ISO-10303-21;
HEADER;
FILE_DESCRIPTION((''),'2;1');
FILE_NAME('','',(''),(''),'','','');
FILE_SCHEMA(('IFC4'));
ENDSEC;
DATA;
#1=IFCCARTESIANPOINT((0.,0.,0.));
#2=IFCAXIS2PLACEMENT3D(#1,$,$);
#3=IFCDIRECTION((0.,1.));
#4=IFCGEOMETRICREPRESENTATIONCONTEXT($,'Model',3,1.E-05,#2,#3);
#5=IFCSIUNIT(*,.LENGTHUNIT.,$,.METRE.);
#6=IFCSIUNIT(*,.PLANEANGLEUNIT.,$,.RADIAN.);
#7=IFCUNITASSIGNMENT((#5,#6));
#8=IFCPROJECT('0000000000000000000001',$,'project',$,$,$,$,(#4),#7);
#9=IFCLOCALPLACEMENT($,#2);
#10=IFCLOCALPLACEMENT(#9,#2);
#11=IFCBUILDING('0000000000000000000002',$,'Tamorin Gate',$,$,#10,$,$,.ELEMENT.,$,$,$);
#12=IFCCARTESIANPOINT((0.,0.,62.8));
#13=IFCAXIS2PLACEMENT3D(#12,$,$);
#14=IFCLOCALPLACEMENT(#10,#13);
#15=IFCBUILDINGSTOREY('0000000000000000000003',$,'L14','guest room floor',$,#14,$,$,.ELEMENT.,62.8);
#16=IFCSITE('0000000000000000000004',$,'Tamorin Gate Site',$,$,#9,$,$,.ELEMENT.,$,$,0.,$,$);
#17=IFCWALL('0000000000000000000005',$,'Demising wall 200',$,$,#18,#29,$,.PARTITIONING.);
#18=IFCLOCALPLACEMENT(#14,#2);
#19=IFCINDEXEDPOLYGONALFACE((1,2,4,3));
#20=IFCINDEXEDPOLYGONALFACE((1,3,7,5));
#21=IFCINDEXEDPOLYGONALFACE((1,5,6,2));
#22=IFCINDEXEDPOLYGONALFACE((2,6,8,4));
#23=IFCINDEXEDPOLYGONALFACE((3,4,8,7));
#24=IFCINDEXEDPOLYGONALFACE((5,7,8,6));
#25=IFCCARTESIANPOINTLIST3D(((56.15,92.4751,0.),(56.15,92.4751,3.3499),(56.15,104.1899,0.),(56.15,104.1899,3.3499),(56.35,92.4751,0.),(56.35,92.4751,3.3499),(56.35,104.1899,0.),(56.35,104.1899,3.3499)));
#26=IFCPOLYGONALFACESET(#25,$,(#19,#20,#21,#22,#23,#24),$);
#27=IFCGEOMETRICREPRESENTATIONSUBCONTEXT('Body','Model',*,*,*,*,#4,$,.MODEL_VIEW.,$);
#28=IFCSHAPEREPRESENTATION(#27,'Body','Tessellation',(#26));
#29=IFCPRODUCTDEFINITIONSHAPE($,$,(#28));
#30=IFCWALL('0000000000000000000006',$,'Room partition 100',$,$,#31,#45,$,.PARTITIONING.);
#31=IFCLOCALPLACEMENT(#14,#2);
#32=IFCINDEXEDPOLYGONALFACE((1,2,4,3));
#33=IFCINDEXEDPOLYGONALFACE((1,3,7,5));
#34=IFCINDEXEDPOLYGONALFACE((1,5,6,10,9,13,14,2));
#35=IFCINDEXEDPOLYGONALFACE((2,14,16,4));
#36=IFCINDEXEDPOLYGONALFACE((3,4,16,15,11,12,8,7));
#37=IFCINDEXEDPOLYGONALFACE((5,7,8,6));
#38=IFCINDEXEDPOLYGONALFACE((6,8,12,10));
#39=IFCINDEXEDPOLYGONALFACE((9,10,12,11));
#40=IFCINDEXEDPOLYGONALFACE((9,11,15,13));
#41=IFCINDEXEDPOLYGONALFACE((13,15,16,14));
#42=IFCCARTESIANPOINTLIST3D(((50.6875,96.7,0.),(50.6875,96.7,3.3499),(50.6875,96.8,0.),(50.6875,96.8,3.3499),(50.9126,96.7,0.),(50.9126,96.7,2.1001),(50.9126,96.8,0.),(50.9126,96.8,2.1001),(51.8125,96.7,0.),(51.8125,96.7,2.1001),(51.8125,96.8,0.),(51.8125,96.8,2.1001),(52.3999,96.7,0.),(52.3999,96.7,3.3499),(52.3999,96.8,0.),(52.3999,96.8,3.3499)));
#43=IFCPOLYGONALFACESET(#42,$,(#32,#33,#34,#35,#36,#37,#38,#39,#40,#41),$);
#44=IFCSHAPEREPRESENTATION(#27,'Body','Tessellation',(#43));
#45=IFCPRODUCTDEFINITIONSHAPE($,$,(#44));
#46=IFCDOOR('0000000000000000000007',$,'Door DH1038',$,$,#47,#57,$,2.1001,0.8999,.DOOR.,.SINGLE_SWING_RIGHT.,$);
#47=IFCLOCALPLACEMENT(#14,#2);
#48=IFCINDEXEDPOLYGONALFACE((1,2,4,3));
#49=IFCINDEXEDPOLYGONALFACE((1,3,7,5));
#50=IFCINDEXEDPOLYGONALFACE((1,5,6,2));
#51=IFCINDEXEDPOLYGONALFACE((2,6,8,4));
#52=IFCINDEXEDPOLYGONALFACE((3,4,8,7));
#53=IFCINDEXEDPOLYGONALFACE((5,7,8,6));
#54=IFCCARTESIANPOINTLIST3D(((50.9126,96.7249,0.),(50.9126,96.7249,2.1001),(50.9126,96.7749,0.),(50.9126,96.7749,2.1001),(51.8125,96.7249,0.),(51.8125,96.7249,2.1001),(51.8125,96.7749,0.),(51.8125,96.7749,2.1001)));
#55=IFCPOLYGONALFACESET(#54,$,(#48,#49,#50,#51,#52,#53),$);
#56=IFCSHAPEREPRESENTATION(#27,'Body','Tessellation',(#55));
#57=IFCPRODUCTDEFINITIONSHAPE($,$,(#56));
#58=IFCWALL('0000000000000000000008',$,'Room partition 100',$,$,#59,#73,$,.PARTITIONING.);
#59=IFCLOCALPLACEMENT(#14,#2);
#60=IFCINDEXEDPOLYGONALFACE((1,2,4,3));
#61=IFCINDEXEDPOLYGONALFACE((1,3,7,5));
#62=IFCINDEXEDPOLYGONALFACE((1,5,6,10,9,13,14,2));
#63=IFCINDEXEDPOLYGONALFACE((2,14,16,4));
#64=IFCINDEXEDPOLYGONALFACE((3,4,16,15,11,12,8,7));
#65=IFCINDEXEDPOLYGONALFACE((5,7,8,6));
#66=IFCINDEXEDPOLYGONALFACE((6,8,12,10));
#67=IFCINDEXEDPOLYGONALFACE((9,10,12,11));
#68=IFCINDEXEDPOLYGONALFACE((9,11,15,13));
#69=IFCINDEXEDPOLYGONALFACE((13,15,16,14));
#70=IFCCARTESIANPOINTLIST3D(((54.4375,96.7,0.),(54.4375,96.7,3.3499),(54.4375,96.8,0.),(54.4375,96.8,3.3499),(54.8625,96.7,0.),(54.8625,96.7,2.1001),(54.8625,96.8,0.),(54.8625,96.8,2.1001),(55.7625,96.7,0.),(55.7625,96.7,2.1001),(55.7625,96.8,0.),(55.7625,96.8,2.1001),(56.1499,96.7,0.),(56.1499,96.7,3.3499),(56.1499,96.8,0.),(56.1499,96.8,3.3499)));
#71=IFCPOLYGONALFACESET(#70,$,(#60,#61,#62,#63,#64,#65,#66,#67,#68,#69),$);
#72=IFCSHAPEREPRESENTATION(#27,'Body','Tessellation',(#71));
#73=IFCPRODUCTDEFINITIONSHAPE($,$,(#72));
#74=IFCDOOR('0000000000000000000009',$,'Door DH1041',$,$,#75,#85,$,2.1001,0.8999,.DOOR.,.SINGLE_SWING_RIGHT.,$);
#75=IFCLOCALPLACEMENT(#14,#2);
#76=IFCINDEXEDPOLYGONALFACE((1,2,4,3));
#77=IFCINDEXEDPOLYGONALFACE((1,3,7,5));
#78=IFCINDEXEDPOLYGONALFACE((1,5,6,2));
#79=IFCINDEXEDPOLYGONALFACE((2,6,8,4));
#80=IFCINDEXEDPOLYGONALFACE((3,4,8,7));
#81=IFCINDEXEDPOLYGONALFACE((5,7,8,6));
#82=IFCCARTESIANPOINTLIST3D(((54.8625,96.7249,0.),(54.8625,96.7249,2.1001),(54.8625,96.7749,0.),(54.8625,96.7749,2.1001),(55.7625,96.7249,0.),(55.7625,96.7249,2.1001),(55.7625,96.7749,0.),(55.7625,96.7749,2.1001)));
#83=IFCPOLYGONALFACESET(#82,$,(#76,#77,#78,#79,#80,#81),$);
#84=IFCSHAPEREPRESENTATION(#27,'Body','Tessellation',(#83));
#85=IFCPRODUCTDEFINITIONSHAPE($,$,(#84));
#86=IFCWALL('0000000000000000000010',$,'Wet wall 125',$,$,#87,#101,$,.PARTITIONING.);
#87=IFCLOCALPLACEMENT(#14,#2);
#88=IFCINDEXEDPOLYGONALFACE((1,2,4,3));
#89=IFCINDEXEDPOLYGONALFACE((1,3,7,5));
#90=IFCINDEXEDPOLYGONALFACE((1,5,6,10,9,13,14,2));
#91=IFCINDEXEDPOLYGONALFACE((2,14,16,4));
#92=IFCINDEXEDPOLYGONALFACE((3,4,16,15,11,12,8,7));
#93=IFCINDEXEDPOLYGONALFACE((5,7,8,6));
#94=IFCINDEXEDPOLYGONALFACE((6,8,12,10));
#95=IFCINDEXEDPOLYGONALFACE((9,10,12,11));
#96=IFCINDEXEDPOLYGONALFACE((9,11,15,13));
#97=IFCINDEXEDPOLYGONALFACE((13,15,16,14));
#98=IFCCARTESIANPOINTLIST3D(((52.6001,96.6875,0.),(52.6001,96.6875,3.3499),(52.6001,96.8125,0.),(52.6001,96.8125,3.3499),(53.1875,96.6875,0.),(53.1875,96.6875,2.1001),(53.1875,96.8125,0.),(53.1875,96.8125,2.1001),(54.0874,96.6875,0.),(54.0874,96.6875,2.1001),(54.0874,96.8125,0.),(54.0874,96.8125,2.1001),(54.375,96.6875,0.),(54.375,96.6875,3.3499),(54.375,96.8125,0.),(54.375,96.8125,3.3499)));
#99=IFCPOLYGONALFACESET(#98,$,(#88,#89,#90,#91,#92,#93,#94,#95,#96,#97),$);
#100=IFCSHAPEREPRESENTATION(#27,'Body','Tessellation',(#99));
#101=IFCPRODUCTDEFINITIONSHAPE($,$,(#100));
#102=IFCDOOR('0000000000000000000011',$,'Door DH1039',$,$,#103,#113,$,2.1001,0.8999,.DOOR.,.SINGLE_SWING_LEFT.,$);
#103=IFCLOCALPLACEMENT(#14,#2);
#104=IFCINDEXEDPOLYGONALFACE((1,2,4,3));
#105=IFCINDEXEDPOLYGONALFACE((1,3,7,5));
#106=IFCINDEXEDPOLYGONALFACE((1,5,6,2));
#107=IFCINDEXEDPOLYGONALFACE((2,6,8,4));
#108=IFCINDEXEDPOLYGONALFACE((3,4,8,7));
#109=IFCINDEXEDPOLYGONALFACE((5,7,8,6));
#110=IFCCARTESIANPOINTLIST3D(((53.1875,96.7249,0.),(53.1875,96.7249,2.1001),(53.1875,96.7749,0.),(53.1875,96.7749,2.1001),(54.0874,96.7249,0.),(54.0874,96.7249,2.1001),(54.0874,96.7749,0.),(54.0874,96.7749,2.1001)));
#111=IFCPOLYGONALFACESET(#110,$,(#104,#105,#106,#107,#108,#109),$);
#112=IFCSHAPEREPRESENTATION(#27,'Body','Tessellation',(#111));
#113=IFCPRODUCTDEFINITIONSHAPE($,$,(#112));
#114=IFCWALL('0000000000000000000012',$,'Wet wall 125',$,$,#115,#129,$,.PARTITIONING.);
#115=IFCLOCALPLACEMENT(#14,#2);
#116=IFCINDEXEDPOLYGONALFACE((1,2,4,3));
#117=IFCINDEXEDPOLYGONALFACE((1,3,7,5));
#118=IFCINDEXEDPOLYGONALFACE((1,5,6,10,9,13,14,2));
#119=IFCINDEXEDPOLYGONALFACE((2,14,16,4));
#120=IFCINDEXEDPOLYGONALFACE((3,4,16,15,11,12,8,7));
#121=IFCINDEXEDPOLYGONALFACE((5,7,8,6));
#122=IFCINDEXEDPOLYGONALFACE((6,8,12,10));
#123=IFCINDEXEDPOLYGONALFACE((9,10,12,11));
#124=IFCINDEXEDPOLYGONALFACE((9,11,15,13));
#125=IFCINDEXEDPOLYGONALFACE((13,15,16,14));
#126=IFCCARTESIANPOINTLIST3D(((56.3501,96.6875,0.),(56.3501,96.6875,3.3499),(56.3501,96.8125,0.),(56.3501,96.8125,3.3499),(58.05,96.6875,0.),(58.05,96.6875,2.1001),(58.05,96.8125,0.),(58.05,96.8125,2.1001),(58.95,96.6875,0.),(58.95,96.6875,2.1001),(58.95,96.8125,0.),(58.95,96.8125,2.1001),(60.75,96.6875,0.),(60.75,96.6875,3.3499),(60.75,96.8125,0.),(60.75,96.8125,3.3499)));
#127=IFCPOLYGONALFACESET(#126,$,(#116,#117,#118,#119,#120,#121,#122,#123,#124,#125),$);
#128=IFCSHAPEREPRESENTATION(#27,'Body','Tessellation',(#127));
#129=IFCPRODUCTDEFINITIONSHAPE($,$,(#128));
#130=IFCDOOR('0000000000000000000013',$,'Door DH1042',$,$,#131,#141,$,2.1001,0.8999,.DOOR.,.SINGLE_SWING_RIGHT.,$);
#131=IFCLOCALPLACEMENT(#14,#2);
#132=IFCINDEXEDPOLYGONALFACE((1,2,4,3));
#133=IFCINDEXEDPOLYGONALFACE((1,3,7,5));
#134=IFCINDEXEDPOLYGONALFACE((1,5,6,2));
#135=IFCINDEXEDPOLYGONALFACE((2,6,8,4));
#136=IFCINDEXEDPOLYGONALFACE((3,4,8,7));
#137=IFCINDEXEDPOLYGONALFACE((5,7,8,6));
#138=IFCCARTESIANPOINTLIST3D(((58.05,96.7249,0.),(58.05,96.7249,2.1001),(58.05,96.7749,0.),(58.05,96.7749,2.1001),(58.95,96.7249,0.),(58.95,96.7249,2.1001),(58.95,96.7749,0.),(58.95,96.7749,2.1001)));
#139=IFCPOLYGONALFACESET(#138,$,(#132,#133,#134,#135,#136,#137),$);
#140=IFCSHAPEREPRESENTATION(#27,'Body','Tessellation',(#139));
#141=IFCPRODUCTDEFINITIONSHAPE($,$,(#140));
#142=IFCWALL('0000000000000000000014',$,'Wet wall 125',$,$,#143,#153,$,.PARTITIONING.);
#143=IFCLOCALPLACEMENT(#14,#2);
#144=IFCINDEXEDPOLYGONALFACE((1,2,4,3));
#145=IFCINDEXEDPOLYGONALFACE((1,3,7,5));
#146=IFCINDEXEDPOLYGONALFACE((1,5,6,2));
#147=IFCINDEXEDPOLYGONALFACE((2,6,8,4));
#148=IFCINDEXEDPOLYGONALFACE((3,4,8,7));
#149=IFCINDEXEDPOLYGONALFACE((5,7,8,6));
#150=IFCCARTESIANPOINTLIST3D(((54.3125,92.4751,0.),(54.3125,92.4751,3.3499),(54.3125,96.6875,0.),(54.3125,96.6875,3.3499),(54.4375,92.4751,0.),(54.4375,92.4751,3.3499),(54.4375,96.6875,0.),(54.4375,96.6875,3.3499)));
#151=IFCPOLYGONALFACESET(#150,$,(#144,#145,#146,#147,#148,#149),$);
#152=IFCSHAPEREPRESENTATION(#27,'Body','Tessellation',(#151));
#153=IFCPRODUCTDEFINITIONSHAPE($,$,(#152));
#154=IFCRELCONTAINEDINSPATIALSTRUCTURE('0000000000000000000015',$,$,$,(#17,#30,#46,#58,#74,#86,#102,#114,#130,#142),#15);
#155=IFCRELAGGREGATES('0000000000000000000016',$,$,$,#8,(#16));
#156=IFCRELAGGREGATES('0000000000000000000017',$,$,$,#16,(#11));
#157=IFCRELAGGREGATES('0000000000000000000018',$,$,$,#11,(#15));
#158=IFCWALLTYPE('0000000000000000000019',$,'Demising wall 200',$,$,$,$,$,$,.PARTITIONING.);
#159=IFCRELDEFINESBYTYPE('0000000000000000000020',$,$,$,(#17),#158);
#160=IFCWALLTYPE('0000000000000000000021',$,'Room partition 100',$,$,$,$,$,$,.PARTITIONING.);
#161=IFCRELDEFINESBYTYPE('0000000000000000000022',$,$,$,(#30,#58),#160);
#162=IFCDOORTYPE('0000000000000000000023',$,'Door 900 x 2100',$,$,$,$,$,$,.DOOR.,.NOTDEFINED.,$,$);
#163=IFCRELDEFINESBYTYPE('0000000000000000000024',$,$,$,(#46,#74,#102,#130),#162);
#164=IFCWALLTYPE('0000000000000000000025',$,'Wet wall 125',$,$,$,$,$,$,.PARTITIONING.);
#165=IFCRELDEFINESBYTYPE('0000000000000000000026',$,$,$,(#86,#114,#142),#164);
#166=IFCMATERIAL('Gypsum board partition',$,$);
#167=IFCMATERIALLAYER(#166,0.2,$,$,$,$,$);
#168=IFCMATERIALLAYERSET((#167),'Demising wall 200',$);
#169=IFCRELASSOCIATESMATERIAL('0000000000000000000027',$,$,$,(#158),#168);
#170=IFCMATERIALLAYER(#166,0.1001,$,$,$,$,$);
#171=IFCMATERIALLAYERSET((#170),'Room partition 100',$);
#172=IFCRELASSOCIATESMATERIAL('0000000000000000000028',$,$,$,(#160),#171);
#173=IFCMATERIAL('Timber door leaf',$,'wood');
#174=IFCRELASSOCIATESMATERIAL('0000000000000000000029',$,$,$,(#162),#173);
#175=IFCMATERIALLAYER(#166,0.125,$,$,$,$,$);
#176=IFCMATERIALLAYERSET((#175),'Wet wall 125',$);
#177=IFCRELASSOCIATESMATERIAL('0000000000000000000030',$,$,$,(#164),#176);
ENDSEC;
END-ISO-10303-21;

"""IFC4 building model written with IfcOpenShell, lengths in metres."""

from ifc_helpers import new_model, si_unit, direction, frame, frame_2d, origin, place, context, subcontext, project, spatial, rectangle, extrude, material, layer, layer_set, type_object, element, fill, save


model = new_model("IFC4")

# Units and contexts
model_context = context("Model", 3, precision=1e-05, world=origin(), true_north=direction((0.0, 1.0)))
body_context = subcontext(model_context, "Body", "Model", "MODEL_VIEW")
ifc_project = project(units=[si_unit("LENGTHUNIT", "METRE"), si_unit("PLANEANGLEUNIT", "RADIAN")], contexts=[model_context])

# Site, building, storey
site_placement = place(None, origin())
site = spatial("IfcSite", under=ifc_project, at=site_placement, Name="Tamorin Gate Site", CompositionType="ELEMENT", RefElevation=0.0)
building_placement = place(site_placement, origin())
building = spatial("IfcBuilding", under=site, at=building_placement, Name="Tamorin Gate", CompositionType="ELEMENT")
storey_placement = place(building_placement, frame((0.0, 0.0, 62.8)))
storey = spatial("IfcBuildingStorey", under=building, at=storey_placement, Name="L14", Description="guest room floor", CompositionType="ELEMENT", Elevation=62.8)

# Wall
ifc_material_1 = material(Name="Gypsum board partition")
ifc_layer_1 = layer(ifc_material_1, 0.2)
ifc_layer_set_1 = layer_set([ifc_layer_1], Name="Demising wall 200")
wall_type_1 = type_object("IfcWallType", Name="Demising wall 200", PredefinedType="PARTITIONING", material=ifc_layer_set_1)
wall_1_placement = place(storey_placement, frame((56.25, 92.4751, 0.0), z_axis=(0.0, 0.0, 1.0), x_axis=(0.0, 1.0, 0.0)))
element("IfcWall", 1, at=wall_1_placement, inside=storey, type_object=wall_type_1, Name="Demising wall 200", PredefinedType="PARTITIONING", context=body_context, shape_type="SweptSolid", body=[
    extrude(rectangle(XDim=11.7148, YDim=0.2, at=frame_2d((5.8574, 0.0))), origin(), (0.0, 0.0, 1.0), 3.3499),
])

# Walls, openings, doors
ifc_layer_2 = layer(ifc_material_1, 0.1001)
ifc_layer_set_2 = layer_set([ifc_layer_2], Name="Room partition 100")
wall_type_2 = type_object("IfcWallType", Name="Room partition 100", PredefinedType="PARTITIONING", material=ifc_layer_set_2)
wall_2_placement = place(storey_placement, frame((50.6875, 96.75, 0.0), z_axis=(0.0, 0.0, 1.0), x_axis=(1.0, 0.0, 0.0)))
wall_2 = element("IfcWall", 2, at=wall_2_placement, inside=storey, type_object=wall_type_2, Name="Room partition 100", PredefinedType="PARTITIONING", context=body_context, shape_type="SweptSolid", body=[
    extrude(rectangle(XDim=1.7124, YDim=0.1001, at=frame_2d((0.8562, 0.0))), origin(), (0.0, 0.0, 1.0), 3.3499),
])
opening_1_placement = place(wall_2_placement, frame((0.2251, 0.0, 0.0)))
opening_1 = element("IfcOpeningElement", 3, at=opening_1_placement, cuts=wall_2, PredefinedType="OPENING", context=body_context, shape_type="SweptSolid", body=[
    extrude(rectangle(XDim=0.8999, YDim=2.1001, at=frame_2d((0.45, 1.05))), frame((0.0, 0.0601, 0.0), z_axis=(0.0, -1.0, 0.0), x_axis=(1.0, 0.0, 0.0)), (0.0, 0.0, 1.0), 0.1201),
])
ifc_material_2 = material(Name="Timber door leaf", Category="wood")
door_type = type_object("IfcDoorType", Name="Door 900 x 2100", OperationType="NOTDEFINED", PredefinedType="DOOR", material=ifc_material_2)
door_1_placement = place(opening_1_placement, origin())
door_1 = element("IfcDoor", 4, at=door_1_placement, inside=storey, type_object=door_type, Name="Door DH1038", OperationType="SINGLE_SWING_RIGHT", OverallHeight=2.1001, OverallWidth=0.8999, PredefinedType="DOOR", context=body_context, shape_type="SweptSolid", body=[
    extrude(rectangle(XDim=0.8999, YDim=2.1001, at=frame_2d((0.45, 1.05))), frame((0.0, 0.0249, 0.0), z_axis=(0.0, -1.0, 0.0), x_axis=(1.0, 0.0, 0.0)), (0.0, 0.0, 1.0), 0.05),
])
fill(opening_1, door_1)
wall_3_placement = place(storey_placement, frame((54.4375, 96.75, 0.0), z_axis=(0.0, 0.0, 1.0), x_axis=(1.0, 0.0, 0.0)))
wall_3 = element("IfcWall", 5, at=wall_3_placement, inside=storey, type_object=wall_type_2, Name="Room partition 100", PredefinedType="PARTITIONING", context=body_context, shape_type="SweptSolid", body=[
    extrude(rectangle(XDim=1.7124, YDim=0.1001, at=frame_2d((0.8562, 0.0))), origin(), (0.0, 0.0, 1.0), 3.3499),
])
opening_2_placement = place(wall_3_placement, frame((0.425, 0.0, 0.0)))
opening_2 = element("IfcOpeningElement", 6, at=opening_2_placement, cuts=wall_3, PredefinedType="OPENING", context=body_context, shape_type="SweptSolid", body=[
    extrude(rectangle(XDim=0.8999, YDim=2.1001, at=frame_2d((0.45, 1.05))), frame((0.0, 0.0601, 0.0), z_axis=(0.0, -1.0, 0.0), x_axis=(1.0, 0.0, 0.0)), (0.0, 0.0, 1.0), 0.1201),
])
door_2_placement = place(opening_2_placement, origin())
door_2 = element("IfcDoor", 7, at=door_2_placement, inside=storey, type_object=door_type, Name="Door DH1041", OperationType="SINGLE_SWING_RIGHT", OverallHeight=2.1001, OverallWidth=0.8999, PredefinedType="DOOR", context=body_context, shape_type="SweptSolid", body=[
    extrude(rectangle(XDim=0.8999, YDim=2.1001, at=frame_2d((0.45, 1.05))), frame((0.0, 0.0249, 0.0), z_axis=(0.0, -1.0, 0.0), x_axis=(1.0, 0.0, 0.0)), (0.0, 0.0, 1.0), 0.05),
])
fill(opening_2, door_2)
ifc_layer_3 = layer(ifc_material_1, 0.125)
ifc_layer_set_3 = layer_set([ifc_layer_3], Name="Wet wall 125")
wall_type_3 = type_object("IfcWallType", Name="Wet wall 125", PredefinedType="PARTITIONING", material=ifc_layer_set_3)
wall_4_placement = place(storey_placement, frame((52.6001, 96.75, 0.0), z_axis=(0.0, 0.0, 1.0), x_axis=(1.0, 0.0, 0.0)))
wall_4 = element("IfcWall", 8, at=wall_4_placement, inside=storey, type_object=wall_type_3, Name="Wet wall 125", PredefinedType="PARTITIONING", context=body_context, shape_type="SweptSolid", body=[
    extrude(rectangle(XDim=1.7749, YDim=0.125, at=frame_2d((0.8875, 0.0))), origin(), (0.0, 0.0, 1.0), 3.3499),
])
opening_3_placement = place(wall_4_placement, frame((0.5874, 0.0, 0.0)))
opening_3 = element("IfcOpeningElement", 9, at=opening_3_placement, cuts=wall_4, PredefinedType="OPENING", context=body_context, shape_type="SweptSolid", body=[
    extrude(rectangle(XDim=0.8999, YDim=2.1001, at=frame_2d((0.45, 1.05))), frame((0.0, 0.0725, 0.0), z_axis=(0.0, -1.0, 0.0), x_axis=(1.0, 0.0, 0.0)), (0.0, 0.0, 1.0), 0.145),
])
door_3_placement = place(opening_3_placement, origin())
door_3 = element("IfcDoor", 10, at=door_3_placement, inside=storey, type_object=door_type, Name="Door DH1039", OperationType="SINGLE_SWING_LEFT", OverallHeight=2.1001, OverallWidth=0.8999, PredefinedType="DOOR", context=body_context, shape_type="SweptSolid", body=[
    extrude(rectangle(XDim=0.8999, YDim=2.1001, at=frame_2d((0.45, 1.05))), frame((0.0, 0.0249, 0.0), z_axis=(0.0, -1.0, 0.0), x_axis=(1.0, 0.0, 0.0)), (0.0, 0.0, 1.0), 0.05),
])
fill(opening_3, door_3)
wall_5_placement = place(storey_placement, frame((56.3501, 96.75, 0.0), z_axis=(0.0, 0.0, 1.0), x_axis=(1.0, 0.0, 0.0)))
wall_5 = element("IfcWall", 11, at=wall_5_placement, inside=storey, type_object=wall_type_3, Name="Wet wall 125", PredefinedType="PARTITIONING", context=body_context, shape_type="SweptSolid", body=[
    extrude(rectangle(XDim=4.3999, YDim=0.125, at=frame_2d((2.2, 0.0))), origin(), (0.0, 0.0, 1.0), 3.3499),
])
opening_4_placement = place(wall_5_placement, frame((1.7, 0.0, 0.0)))
opening_4 = element("IfcOpeningElement", 12, at=opening_4_placement, cuts=wall_5, PredefinedType="OPENING", context=body_context, shape_type="SweptSolid", body=[
    extrude(rectangle(XDim=0.8999, YDim=2.1001, at=frame_2d((0.45, 1.05))), frame((0.0, 0.0725, 0.0), z_axis=(0.0, -1.0, 0.0), x_axis=(1.0, 0.0, 0.0)), (0.0, 0.0, 1.0), 0.145),
])
door_4_placement = place(opening_4_placement, origin())
door_4 = element("IfcDoor", 13, at=door_4_placement, inside=storey, type_object=door_type, Name="Door DH1042", OperationType="SINGLE_SWING_RIGHT", OverallHeight=2.1001, OverallWidth=0.8999, PredefinedType="DOOR", context=body_context, shape_type="SweptSolid", body=[
    extrude(rectangle(XDim=0.8999, YDim=2.1001, at=frame_2d((0.45, 1.05))), frame((0.0, 0.0249, 0.0), z_axis=(0.0, -1.0, 0.0), x_axis=(1.0, 0.0, 0.0)), (0.0, 0.0, 1.0), 0.05),
])
fill(opening_4, door_4)

# Wall
wall_6_placement = place(storey_placement, frame((54.375, 92.4751, 0.0), z_axis=(0.0, 0.0, 1.0), x_axis=(0.0, 1.0, 0.0)))
element("IfcWall", 14, at=wall_6_placement, inside=storey, type_object=wall_type_3, Name="Wet wall 125", PredefinedType="PARTITIONING", context=body_context, shape_type="SweptSolid", body=[
    extrude(rectangle(XDim=4.2124, YDim=0.125, at=frame_2d((2.1062, 0.0))), origin(), (0.0, 0.0, 1.0), 3.3499),
])

save(model, "model.ifc")
